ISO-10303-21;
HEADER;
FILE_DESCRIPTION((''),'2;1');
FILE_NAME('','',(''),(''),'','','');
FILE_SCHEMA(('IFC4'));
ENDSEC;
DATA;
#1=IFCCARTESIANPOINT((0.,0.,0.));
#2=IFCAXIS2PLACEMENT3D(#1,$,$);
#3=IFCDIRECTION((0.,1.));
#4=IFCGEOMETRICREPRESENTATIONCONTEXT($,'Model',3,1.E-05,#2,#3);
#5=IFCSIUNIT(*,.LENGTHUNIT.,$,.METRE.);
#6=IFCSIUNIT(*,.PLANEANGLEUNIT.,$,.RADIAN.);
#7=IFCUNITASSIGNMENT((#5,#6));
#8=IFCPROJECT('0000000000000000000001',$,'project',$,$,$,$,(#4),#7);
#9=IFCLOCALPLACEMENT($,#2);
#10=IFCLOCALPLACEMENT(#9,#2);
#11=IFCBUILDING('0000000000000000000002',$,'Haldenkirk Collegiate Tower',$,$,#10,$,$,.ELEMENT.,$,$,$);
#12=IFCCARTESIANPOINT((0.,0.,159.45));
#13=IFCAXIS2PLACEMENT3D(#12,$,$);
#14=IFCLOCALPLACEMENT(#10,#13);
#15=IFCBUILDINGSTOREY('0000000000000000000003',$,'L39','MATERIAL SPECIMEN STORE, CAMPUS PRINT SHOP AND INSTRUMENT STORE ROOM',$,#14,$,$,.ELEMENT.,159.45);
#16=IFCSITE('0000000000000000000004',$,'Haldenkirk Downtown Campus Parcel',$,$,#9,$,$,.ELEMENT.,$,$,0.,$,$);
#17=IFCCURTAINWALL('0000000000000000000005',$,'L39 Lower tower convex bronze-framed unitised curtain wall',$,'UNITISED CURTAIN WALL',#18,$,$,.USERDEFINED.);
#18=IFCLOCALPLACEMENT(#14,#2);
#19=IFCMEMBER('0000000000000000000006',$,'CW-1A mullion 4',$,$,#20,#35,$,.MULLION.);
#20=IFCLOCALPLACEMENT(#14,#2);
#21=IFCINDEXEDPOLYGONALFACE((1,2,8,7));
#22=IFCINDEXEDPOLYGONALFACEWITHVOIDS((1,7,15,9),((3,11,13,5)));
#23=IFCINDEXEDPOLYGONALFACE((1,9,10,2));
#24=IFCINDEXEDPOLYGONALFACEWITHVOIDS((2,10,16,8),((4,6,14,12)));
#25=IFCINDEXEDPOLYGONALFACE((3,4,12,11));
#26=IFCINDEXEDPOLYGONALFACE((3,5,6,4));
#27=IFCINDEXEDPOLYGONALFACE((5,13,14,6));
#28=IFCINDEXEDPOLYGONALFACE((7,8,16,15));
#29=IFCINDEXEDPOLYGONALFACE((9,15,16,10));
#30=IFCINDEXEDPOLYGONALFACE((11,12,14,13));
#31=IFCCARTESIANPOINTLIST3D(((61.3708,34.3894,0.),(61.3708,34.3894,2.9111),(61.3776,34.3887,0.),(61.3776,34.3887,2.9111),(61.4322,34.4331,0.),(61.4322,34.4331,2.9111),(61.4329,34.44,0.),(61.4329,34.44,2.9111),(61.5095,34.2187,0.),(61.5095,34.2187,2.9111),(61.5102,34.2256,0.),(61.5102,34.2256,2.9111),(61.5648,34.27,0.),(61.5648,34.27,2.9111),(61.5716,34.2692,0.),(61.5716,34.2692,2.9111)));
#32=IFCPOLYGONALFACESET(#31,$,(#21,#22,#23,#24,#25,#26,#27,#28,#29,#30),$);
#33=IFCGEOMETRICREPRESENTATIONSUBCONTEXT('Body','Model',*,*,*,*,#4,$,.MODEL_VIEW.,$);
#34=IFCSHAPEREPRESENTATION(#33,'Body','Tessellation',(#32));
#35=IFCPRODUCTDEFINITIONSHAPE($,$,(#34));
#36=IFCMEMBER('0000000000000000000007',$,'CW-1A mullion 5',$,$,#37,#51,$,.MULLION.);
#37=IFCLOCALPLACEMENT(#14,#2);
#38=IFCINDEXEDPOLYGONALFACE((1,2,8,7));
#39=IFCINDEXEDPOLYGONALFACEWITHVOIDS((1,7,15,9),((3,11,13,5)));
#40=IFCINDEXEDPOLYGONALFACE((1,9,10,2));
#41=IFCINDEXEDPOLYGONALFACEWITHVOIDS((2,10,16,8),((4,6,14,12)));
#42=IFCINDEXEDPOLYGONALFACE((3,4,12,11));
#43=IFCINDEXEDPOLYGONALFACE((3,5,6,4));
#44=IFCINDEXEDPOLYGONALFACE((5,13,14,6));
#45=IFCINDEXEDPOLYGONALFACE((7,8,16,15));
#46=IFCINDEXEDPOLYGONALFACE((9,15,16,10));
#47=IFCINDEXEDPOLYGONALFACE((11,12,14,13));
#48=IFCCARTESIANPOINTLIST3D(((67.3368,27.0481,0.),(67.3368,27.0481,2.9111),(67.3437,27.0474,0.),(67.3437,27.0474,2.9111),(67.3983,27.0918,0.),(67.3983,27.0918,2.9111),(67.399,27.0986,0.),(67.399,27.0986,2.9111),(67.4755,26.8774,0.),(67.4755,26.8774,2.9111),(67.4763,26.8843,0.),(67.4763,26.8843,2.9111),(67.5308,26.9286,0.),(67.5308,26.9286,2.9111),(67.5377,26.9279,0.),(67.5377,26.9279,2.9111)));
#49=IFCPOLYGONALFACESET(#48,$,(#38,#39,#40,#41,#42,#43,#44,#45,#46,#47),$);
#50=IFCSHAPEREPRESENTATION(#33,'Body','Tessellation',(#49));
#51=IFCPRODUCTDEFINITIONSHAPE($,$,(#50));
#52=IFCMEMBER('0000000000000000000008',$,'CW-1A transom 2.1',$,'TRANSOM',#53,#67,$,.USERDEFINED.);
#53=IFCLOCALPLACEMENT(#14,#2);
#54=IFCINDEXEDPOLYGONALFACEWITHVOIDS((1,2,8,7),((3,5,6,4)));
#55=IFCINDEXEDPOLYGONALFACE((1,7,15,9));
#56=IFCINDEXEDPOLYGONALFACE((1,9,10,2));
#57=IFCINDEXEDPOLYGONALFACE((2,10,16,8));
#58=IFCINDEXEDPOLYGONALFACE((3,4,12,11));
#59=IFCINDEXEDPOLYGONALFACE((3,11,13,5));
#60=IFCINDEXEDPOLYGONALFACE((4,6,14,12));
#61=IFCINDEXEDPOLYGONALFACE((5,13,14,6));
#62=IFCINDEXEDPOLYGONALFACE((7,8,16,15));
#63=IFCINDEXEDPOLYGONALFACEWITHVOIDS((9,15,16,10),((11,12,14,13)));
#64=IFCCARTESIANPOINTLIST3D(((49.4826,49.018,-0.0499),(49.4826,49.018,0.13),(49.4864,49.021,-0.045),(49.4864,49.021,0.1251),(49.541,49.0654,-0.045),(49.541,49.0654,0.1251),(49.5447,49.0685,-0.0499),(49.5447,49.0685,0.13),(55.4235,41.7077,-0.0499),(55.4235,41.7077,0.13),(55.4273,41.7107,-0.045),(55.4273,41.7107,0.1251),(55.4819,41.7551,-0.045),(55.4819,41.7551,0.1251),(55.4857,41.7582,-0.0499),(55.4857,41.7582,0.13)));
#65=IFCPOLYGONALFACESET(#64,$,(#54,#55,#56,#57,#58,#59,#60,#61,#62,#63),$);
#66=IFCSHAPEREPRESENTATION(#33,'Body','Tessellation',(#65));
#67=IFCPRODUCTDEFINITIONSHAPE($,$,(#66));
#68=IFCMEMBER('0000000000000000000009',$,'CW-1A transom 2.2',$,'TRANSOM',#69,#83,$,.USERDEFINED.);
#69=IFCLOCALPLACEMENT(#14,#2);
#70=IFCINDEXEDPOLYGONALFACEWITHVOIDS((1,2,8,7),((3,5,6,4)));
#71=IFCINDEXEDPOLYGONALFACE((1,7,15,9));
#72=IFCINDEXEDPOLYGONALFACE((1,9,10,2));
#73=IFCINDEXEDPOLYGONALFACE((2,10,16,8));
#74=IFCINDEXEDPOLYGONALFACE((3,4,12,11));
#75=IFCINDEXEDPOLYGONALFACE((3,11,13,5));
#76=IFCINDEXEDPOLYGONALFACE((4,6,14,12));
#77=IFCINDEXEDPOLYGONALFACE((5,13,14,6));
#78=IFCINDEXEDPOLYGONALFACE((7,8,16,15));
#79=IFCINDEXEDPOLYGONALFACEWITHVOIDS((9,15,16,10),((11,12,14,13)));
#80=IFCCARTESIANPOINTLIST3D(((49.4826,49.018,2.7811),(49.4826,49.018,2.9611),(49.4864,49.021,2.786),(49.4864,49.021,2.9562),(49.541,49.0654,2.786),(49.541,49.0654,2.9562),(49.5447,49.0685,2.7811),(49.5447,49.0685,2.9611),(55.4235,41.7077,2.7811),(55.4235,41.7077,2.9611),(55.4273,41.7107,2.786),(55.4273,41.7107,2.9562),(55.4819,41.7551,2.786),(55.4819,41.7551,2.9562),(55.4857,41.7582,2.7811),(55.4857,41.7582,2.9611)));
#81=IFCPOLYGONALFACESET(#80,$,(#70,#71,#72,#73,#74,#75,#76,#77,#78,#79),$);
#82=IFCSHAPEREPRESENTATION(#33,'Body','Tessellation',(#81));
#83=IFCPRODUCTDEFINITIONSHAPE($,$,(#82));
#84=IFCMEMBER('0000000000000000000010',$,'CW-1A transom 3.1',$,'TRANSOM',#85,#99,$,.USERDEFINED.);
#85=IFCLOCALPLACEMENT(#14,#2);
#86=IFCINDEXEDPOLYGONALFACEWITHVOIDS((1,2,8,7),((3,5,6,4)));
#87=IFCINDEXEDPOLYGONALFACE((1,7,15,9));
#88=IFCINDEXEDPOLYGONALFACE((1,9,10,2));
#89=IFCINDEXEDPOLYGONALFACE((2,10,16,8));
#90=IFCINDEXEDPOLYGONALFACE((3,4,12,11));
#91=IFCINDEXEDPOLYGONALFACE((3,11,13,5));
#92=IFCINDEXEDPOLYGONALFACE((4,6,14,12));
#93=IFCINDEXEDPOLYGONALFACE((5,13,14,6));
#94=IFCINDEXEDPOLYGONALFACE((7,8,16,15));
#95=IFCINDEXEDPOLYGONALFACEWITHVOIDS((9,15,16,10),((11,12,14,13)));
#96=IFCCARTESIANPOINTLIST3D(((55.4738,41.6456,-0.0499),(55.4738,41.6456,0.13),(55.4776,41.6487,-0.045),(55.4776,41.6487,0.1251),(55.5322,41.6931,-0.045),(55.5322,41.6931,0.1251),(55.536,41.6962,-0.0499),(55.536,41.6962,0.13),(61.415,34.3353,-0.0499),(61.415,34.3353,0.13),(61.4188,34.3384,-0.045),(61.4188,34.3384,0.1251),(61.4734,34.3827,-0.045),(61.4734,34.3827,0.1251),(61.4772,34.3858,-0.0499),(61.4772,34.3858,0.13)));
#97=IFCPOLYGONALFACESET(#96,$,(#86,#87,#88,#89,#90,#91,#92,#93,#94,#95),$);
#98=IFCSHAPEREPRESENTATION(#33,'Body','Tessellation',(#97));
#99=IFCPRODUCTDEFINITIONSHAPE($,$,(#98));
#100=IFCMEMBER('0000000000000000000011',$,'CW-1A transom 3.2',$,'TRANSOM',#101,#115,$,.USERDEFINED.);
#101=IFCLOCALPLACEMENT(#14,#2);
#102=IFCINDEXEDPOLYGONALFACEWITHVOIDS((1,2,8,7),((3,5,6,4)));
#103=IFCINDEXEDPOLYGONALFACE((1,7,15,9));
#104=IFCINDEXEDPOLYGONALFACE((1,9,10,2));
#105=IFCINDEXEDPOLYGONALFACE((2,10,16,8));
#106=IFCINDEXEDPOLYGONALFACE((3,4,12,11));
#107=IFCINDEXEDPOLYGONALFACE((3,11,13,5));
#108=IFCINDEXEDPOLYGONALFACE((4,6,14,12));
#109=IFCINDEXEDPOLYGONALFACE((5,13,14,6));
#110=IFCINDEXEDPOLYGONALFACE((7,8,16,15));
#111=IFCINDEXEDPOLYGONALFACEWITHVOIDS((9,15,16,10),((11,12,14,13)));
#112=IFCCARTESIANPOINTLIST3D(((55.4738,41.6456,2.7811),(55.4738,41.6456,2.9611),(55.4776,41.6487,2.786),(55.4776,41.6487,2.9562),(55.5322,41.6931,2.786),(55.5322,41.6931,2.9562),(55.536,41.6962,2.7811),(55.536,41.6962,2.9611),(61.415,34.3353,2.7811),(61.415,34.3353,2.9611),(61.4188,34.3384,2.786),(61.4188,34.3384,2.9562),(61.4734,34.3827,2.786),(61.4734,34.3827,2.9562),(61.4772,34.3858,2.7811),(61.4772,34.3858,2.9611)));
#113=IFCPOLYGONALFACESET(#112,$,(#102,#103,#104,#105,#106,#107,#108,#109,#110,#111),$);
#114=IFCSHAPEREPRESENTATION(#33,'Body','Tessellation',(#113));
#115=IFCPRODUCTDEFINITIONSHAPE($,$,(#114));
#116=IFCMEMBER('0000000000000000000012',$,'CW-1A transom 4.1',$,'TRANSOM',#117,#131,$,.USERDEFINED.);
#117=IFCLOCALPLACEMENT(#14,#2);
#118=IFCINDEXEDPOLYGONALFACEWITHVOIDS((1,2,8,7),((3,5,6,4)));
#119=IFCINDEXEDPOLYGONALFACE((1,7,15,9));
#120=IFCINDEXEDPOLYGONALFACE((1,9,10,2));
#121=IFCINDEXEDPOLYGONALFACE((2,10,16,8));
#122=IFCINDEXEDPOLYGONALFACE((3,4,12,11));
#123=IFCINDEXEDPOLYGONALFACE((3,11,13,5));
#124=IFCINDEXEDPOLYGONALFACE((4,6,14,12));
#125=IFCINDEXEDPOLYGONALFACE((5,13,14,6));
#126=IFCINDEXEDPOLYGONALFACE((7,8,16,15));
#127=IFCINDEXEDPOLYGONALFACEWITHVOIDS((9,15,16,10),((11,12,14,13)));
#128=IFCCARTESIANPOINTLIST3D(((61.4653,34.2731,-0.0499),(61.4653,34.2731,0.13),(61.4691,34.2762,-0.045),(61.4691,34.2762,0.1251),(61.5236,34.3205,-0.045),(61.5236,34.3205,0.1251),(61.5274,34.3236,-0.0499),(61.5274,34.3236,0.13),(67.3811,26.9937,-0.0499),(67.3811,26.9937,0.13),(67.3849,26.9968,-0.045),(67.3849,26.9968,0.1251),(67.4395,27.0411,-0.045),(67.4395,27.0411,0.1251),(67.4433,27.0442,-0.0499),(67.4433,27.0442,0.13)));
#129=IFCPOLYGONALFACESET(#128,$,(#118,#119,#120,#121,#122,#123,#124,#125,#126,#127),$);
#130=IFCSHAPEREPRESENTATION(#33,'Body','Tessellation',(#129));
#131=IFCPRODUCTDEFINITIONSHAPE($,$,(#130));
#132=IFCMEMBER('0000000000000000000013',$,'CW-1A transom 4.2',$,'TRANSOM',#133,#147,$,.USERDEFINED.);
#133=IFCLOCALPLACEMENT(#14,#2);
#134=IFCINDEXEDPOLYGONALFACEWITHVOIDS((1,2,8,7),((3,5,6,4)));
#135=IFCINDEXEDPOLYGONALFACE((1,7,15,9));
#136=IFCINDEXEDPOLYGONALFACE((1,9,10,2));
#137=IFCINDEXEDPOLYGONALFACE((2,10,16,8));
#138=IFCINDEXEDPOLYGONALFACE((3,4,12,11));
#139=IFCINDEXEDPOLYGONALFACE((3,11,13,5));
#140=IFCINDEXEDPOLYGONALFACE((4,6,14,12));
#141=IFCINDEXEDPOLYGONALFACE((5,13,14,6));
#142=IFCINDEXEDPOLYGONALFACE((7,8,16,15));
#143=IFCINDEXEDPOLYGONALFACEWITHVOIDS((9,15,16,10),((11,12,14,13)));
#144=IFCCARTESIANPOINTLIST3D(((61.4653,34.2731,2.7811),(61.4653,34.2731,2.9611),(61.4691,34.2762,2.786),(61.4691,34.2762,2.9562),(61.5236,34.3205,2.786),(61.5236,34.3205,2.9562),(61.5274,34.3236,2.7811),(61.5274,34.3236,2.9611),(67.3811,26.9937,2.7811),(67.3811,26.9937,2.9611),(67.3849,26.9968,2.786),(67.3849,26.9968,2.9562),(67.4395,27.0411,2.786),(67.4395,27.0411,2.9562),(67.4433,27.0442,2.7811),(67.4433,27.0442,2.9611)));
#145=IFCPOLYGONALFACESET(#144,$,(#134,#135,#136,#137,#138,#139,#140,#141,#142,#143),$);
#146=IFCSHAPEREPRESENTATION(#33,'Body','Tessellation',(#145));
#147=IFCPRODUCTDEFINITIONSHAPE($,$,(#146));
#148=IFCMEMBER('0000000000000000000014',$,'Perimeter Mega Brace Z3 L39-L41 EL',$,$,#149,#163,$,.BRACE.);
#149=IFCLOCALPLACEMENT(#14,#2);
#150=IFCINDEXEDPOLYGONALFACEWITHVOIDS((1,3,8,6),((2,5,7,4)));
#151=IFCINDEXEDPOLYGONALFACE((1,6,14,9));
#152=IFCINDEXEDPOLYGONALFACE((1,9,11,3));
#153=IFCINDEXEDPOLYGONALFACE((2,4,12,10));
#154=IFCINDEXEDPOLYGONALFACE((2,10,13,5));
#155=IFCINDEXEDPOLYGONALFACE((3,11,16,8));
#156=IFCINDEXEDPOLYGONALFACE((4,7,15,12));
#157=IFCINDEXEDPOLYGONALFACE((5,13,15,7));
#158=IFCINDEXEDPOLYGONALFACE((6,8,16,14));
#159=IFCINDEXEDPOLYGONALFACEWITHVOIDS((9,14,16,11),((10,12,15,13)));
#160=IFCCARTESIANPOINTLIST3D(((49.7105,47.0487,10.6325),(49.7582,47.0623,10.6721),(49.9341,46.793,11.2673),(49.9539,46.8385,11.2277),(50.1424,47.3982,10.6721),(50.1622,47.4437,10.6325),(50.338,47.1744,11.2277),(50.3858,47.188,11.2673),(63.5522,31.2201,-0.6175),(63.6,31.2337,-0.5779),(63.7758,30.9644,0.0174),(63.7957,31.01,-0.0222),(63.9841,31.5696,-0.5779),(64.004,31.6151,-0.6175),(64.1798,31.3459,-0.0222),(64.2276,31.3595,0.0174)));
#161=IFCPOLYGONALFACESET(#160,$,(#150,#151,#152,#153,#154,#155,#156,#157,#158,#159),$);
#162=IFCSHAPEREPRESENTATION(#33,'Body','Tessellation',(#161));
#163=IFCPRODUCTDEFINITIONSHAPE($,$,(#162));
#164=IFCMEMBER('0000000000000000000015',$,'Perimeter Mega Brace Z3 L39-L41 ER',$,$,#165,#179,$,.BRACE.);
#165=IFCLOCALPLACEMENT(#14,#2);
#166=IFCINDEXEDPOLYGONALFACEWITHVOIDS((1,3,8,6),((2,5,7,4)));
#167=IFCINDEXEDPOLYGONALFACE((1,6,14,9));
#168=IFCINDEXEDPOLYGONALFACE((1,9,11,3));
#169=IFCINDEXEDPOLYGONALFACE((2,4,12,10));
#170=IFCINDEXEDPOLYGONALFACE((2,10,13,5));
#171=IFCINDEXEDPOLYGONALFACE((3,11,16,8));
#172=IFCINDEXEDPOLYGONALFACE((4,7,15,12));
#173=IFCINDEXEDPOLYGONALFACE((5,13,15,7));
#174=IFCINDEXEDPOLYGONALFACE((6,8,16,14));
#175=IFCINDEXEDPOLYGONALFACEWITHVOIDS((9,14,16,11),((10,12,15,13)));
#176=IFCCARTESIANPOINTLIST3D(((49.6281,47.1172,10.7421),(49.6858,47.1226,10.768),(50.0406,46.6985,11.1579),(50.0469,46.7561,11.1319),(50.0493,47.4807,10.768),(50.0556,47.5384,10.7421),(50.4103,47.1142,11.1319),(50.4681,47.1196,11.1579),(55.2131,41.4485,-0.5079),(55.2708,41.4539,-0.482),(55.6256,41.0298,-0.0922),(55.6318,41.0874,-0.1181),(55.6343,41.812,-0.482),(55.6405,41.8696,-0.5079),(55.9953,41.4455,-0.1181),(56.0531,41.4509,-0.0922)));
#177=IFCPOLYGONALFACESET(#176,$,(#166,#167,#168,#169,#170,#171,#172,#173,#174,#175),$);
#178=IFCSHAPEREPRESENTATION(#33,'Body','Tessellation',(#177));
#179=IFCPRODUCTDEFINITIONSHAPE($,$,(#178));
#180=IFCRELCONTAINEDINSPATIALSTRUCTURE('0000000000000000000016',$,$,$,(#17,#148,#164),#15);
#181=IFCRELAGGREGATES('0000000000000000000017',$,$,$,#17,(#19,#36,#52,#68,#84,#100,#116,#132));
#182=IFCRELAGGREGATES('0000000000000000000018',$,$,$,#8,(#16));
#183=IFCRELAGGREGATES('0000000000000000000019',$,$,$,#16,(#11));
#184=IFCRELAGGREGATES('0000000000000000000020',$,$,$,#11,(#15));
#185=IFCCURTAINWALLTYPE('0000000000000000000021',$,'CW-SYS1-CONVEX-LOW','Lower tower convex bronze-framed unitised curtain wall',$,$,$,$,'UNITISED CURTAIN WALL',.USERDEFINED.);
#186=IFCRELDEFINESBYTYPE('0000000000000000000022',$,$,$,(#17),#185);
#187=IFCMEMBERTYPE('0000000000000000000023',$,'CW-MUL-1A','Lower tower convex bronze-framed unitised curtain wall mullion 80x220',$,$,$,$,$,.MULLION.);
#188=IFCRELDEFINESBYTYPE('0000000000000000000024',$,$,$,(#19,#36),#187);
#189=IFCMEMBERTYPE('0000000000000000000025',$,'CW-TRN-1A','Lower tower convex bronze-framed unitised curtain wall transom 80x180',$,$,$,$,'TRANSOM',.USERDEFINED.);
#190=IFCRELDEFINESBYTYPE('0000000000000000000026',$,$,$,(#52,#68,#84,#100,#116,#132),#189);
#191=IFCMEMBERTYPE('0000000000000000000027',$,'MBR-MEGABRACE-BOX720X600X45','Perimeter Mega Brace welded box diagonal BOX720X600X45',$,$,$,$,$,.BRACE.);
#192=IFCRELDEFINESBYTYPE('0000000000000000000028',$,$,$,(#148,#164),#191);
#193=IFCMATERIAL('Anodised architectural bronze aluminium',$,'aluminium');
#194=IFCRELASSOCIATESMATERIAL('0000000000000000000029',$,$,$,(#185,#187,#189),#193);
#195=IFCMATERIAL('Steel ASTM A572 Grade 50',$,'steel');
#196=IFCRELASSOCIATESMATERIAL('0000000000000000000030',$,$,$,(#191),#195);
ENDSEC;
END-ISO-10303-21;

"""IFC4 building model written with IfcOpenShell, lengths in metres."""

from ifc_helpers import new_model, si_unit, direction, frame, origin, origin_2d, place, context, subcontext, project, spatial, hollow_rectangle, extrude, material, material_profile, profile_set, type_object, element, aggregate, save


model = new_model("IFC4")

# Units and contexts
model_context = context("Model", 3, precision=1e-05, world=origin(), true_north=direction((0.0, 1.0)))
body_context = subcontext(model_context, "Body", "Model", "MODEL_VIEW")
ifc_project = project(units=[si_unit("LENGTHUNIT", "METRE"), si_unit("PLANEANGLEUNIT", "RADIAN")], contexts=[model_context])

# Site, building, storey
site_placement = place(None, origin())
site = spatial("IfcSite", under=ifc_project, at=site_placement, Name="Haldenkirk Downtown Campus Parcel", CompositionType="ELEMENT", RefElevation=0.0)
building_placement = place(site_placement, origin())
building = spatial("IfcBuilding", under=site, at=building_placement, Name="Haldenkirk Collegiate Tower", CompositionType="ELEMENT")
storey_placement = place(building_placement, frame((0.0, 0.0, 159.45)))
storey = spatial("IfcBuildingStorey", under=building, at=storey_placement, Name="L39", Description="MATERIAL SPECIMEN STORE, CAMPUS PRINT SHOP AND INSTRUMENT STORE ROOM", CompositionType="ELEMENT", Elevation=159.45)

# Curtain wall, members
ifc_material_1 = material(Name="Anodised architectural bronze aluminium", Category="aluminium")
curtain_wall_type = type_object("IfcCurtainWallType", Name="CW-SYS1-CONVEX-LOW", Description="Lower tower convex bronze-framed unitised curtain wall", ElementType="UNITISED CURTAIN WALL", PredefinedType="USERDEFINED", material=ifc_material_1)
curtain_wall_placement = place(storey_placement, origin())
curtain_wall = element("IfcCurtainWall", 1, at=curtain_wall_placement, inside=storey, type_object=curtain_wall_type, Name="L39 Lower tower convex bronze-framed unitised curtain wall", ObjectType="UNITISED CURTAIN WALL", PredefinedType="USERDEFINED")
ifc_material_profile_1 = material_profile(ifc_material_1, hollow_rectangle(XDim=0.0801, YDim=0.22, WallThickness=0.0049, at=origin_2d()), Name="CW-MUL-1A")
ifc_profile_set_1 = profile_set([ifc_material_profile_1], Name="Anodised architectural bronze aluminium")
member_type_1 = type_object("IfcMemberType", Name="CW-MUL-1A", Description="Lower tower convex bronze-framed unitised curtain wall mullion 80x220", PredefinedType="MULLION", material=ifc_profile_set_1)
member_1_placement = place(storey_placement, frame((61.4712, 34.3293, 0.0), z_axis=(0.0, 0.0, 1.0), x_axis=(0.776047, 0.630676, 0.0)))
member_1 = element("IfcMember", 2, at=member_1_placement, type_object=member_type_1, Name="CW-1A mullion 4", PredefinedType="MULLION", context=body_context, shape_type="SweptSolid", body=[
    extrude(hollow_rectangle(XDim=0.0801, YDim=0.22, WallThickness=0.0049, at=origin_2d()), origin(), (0.0, 0.0, 1.0), 2.9111),
])
member_2_placement = place(storey_placement, frame((67.4373, 26.988, 0.0), z_axis=(0.0, 0.0, 1.0), x_axis=(0.776047, 0.630676, 0.0)))
member_2 = element("IfcMember", 3, at=member_2_placement, type_object=member_type_1, Name="CW-1A mullion 5", PredefinedType="MULLION", context=body_context, shape_type="SweptSolid", body=[
    extrude(hollow_rectangle(XDim=0.0801, YDim=0.22, WallThickness=0.0049, at=origin_2d()), origin(), (0.0, 0.0, 1.0), 2.9111),
])
ifc_material_profile_2 = material_profile(ifc_material_1, hollow_rectangle(XDim=0.0801, YDim=0.1799, WallThickness=0.0049, at=origin_2d()), Name="CW-TRN-1A")
ifc_profile_set_2 = profile_set([ifc_material_profile_2], Name="Anodised architectural bronze aluminium")
member_type_2 = type_object("IfcMemberType", Name="CW-TRN-1A", Description="Lower tower convex bronze-framed unitised curtain wall transom 80x180", ElementType="TRANSOM", PredefinedType="USERDEFINED", material=ifc_profile_set_2)
member_3_placement = place(storey_placement, frame((49.5137, 49.0432, 0.04), z_axis=(0.630676, -0.776047, 0.0), x_axis=(0.776047, 0.630676, 0.0)))
member_3 = element("IfcMember", 4, at=member_3_placement, type_object=member_type_2, Name="CW-1A transom 2.1", ObjectType="TRANSOM", PredefinedType="USERDEFINED", context=body_context, shape_type="SweptSolid", body=[
    extrude(hollow_rectangle(XDim=0.0801, YDim=0.1799, WallThickness=0.0049, at=origin_2d()), origin(), (0.0, 0.0, 1.0), 9.4199),
])
member_4_placement = place(storey_placement, frame((49.5137, 49.0432, 2.8711), z_axis=(0.630676, -0.776047, 0.0), x_axis=(0.776047, 0.630676, 0.0)))
member_4 = element("IfcMember", 5, at=member_4_placement, type_object=member_type_2, Name="CW-1A transom 2.2", ObjectType="TRANSOM", PredefinedType="USERDEFINED", context=body_context, shape_type="SweptSolid", body=[
    extrude(hollow_rectangle(XDim=0.0801, YDim=0.1799, WallThickness=0.0049, at=origin_2d()), origin(), (0.0, 0.0, 1.0), 9.4199),
])
member_5_placement = place(storey_placement, frame((55.5049, 41.6709, 0.04), z_axis=(0.630691, -0.776034, 0.0), x_axis=(0.776034, 0.630691, 0.0)))
member_5 = element("IfcMember", 6, at=member_5_placement, type_object=member_type_2, Name="CW-1A transom 3.1", ObjectType="TRANSOM", PredefinedType="USERDEFINED", context=body_context, shape_type="SweptSolid", body=[
    extrude(hollow_rectangle(XDim=0.0801, YDim=0.1799, WallThickness=0.0049, at=origin_2d()), origin(), (0.0, 0.0, 1.0), 9.4202),
])
member_6_placement = place(storey_placement, frame((55.5049, 41.6709, 2.8711), z_axis=(0.630691, -0.776034, 0.0), x_axis=(0.776034, 0.630691, 0.0)))
member_6 = element("IfcMember", 7, at=member_6_placement, type_object=member_type_2, Name="CW-1A transom 3.2", ObjectType="TRANSOM", PredefinedType="USERDEFINED", context=body_context, shape_type="SweptSolid", body=[
    extrude(hollow_rectangle(XDim=0.0801, YDim=0.1799, WallThickness=0.0049, at=origin_2d()), origin(), (0.0, 0.0, 1.0), 9.4202),
])
member_7_placement = place(storey_placement, frame((61.4963, 34.2983, 0.04), z_axis=(0.630679, -0.776044, 0.0), x_axis=(0.776044, 0.630679, 0.0)))
member_7 = element("IfcMember", 8, at=member_7_placement, type_object=member_type_2, Name="CW-1A transom 4.1", ObjectType="TRANSOM", PredefinedType="USERDEFINED", context=body_context, shape_type="SweptSolid", body=[
    extrude(hollow_rectangle(XDim=0.0801, YDim=0.1799, WallThickness=0.0049, at=origin_2d()), origin(), (0.0, 0.0, 1.0), 9.3801),
])
member_8_placement = place(storey_placement, frame((61.4963, 34.2983, 2.8711), z_axis=(0.630679, -0.776044, 0.0), x_axis=(0.776044, 0.630679, 0.0)))
member_8 = element("IfcMember", 9, at=member_8_placement, type_object=member_type_2, Name="CW-1A transom 4.2", ObjectType="TRANSOM", PredefinedType="USERDEFINED", context=body_context, shape_type="SweptSolid", body=[
    extrude(hollow_rectangle(XDim=0.0801, YDim=0.1799, WallThickness=0.0049, at=origin_2d()), origin(), (0.0, 0.0, 1.0), 9.3801),
])

# Members
ifc_material_2 = material(Name="Steel ASTM A572 Grade 50", Category="steel")
ifc_material_profile_3 = material_profile(ifc_material_2, hollow_rectangle(XDim=0.6001, YDim=0.72, WallThickness=0.0449, at=origin_2d()), Name="BOX720X600X45")
ifc_profile_set_3 = profile_set([ifc_material_profile_3], Name="Steel ASTM A572 Grade 50")
member_type_3 = type_object("IfcMemberType", Name="MBR-MEGABRACE-BOX720X600X45", Description="Perimeter Mega Brace welded box diagonal BOX720X600X45", PredefinedType="BRACE", material=ifc_profile_set_3)
member_9_placement = place(storey_placement, frame((63.8899, 31.2898, -0.3), z_axis=(-0.58043, 0.663743, 0.471748), x_axis=(-0.752771, -0.658283, 0.0)))
element("IfcMember", 10, at=member_9_placement, inside=storey, type_object=member_type_3, Name="Perimeter Mega Brace Z3 L39-L41 EL", PredefinedType="BRACE", context=body_context, shape_type="SweptSolid", body=[
    extrude(hollow_rectangle(XDim=0.6001, YDim=0.72, WallThickness=0.0449, at=origin_2d()), origin(), (0.0, 0.0, 1.0), 23.8474),
])
member_10_placement = place(storey_placement, frame((55.6331, 41.4497, -0.3), z_axis=(-0.405295, 0.411372, 0.8164), x_axis=(-0.712349, -0.701826, 0.0)))
element("IfcMember", 11, at=member_10_placement, inside=storey, type_object=member_type_3, Name="Perimeter Mega Brace Z3 L39-L41 ER", PredefinedType="BRACE", context=body_context, shape_type="SweptSolid", body=[
    extrude(hollow_rectangle(XDim=0.6001, YDim=0.72, WallThickness=0.0449, at=origin_2d()), origin(), (0.0, 0.0, 1.0), 13.78),
])

aggregate(curtain_wall, [member_1, member_2, member_3, member_4, member_5, member_6, member_7, member_8])

save(model, "model.ifc")
